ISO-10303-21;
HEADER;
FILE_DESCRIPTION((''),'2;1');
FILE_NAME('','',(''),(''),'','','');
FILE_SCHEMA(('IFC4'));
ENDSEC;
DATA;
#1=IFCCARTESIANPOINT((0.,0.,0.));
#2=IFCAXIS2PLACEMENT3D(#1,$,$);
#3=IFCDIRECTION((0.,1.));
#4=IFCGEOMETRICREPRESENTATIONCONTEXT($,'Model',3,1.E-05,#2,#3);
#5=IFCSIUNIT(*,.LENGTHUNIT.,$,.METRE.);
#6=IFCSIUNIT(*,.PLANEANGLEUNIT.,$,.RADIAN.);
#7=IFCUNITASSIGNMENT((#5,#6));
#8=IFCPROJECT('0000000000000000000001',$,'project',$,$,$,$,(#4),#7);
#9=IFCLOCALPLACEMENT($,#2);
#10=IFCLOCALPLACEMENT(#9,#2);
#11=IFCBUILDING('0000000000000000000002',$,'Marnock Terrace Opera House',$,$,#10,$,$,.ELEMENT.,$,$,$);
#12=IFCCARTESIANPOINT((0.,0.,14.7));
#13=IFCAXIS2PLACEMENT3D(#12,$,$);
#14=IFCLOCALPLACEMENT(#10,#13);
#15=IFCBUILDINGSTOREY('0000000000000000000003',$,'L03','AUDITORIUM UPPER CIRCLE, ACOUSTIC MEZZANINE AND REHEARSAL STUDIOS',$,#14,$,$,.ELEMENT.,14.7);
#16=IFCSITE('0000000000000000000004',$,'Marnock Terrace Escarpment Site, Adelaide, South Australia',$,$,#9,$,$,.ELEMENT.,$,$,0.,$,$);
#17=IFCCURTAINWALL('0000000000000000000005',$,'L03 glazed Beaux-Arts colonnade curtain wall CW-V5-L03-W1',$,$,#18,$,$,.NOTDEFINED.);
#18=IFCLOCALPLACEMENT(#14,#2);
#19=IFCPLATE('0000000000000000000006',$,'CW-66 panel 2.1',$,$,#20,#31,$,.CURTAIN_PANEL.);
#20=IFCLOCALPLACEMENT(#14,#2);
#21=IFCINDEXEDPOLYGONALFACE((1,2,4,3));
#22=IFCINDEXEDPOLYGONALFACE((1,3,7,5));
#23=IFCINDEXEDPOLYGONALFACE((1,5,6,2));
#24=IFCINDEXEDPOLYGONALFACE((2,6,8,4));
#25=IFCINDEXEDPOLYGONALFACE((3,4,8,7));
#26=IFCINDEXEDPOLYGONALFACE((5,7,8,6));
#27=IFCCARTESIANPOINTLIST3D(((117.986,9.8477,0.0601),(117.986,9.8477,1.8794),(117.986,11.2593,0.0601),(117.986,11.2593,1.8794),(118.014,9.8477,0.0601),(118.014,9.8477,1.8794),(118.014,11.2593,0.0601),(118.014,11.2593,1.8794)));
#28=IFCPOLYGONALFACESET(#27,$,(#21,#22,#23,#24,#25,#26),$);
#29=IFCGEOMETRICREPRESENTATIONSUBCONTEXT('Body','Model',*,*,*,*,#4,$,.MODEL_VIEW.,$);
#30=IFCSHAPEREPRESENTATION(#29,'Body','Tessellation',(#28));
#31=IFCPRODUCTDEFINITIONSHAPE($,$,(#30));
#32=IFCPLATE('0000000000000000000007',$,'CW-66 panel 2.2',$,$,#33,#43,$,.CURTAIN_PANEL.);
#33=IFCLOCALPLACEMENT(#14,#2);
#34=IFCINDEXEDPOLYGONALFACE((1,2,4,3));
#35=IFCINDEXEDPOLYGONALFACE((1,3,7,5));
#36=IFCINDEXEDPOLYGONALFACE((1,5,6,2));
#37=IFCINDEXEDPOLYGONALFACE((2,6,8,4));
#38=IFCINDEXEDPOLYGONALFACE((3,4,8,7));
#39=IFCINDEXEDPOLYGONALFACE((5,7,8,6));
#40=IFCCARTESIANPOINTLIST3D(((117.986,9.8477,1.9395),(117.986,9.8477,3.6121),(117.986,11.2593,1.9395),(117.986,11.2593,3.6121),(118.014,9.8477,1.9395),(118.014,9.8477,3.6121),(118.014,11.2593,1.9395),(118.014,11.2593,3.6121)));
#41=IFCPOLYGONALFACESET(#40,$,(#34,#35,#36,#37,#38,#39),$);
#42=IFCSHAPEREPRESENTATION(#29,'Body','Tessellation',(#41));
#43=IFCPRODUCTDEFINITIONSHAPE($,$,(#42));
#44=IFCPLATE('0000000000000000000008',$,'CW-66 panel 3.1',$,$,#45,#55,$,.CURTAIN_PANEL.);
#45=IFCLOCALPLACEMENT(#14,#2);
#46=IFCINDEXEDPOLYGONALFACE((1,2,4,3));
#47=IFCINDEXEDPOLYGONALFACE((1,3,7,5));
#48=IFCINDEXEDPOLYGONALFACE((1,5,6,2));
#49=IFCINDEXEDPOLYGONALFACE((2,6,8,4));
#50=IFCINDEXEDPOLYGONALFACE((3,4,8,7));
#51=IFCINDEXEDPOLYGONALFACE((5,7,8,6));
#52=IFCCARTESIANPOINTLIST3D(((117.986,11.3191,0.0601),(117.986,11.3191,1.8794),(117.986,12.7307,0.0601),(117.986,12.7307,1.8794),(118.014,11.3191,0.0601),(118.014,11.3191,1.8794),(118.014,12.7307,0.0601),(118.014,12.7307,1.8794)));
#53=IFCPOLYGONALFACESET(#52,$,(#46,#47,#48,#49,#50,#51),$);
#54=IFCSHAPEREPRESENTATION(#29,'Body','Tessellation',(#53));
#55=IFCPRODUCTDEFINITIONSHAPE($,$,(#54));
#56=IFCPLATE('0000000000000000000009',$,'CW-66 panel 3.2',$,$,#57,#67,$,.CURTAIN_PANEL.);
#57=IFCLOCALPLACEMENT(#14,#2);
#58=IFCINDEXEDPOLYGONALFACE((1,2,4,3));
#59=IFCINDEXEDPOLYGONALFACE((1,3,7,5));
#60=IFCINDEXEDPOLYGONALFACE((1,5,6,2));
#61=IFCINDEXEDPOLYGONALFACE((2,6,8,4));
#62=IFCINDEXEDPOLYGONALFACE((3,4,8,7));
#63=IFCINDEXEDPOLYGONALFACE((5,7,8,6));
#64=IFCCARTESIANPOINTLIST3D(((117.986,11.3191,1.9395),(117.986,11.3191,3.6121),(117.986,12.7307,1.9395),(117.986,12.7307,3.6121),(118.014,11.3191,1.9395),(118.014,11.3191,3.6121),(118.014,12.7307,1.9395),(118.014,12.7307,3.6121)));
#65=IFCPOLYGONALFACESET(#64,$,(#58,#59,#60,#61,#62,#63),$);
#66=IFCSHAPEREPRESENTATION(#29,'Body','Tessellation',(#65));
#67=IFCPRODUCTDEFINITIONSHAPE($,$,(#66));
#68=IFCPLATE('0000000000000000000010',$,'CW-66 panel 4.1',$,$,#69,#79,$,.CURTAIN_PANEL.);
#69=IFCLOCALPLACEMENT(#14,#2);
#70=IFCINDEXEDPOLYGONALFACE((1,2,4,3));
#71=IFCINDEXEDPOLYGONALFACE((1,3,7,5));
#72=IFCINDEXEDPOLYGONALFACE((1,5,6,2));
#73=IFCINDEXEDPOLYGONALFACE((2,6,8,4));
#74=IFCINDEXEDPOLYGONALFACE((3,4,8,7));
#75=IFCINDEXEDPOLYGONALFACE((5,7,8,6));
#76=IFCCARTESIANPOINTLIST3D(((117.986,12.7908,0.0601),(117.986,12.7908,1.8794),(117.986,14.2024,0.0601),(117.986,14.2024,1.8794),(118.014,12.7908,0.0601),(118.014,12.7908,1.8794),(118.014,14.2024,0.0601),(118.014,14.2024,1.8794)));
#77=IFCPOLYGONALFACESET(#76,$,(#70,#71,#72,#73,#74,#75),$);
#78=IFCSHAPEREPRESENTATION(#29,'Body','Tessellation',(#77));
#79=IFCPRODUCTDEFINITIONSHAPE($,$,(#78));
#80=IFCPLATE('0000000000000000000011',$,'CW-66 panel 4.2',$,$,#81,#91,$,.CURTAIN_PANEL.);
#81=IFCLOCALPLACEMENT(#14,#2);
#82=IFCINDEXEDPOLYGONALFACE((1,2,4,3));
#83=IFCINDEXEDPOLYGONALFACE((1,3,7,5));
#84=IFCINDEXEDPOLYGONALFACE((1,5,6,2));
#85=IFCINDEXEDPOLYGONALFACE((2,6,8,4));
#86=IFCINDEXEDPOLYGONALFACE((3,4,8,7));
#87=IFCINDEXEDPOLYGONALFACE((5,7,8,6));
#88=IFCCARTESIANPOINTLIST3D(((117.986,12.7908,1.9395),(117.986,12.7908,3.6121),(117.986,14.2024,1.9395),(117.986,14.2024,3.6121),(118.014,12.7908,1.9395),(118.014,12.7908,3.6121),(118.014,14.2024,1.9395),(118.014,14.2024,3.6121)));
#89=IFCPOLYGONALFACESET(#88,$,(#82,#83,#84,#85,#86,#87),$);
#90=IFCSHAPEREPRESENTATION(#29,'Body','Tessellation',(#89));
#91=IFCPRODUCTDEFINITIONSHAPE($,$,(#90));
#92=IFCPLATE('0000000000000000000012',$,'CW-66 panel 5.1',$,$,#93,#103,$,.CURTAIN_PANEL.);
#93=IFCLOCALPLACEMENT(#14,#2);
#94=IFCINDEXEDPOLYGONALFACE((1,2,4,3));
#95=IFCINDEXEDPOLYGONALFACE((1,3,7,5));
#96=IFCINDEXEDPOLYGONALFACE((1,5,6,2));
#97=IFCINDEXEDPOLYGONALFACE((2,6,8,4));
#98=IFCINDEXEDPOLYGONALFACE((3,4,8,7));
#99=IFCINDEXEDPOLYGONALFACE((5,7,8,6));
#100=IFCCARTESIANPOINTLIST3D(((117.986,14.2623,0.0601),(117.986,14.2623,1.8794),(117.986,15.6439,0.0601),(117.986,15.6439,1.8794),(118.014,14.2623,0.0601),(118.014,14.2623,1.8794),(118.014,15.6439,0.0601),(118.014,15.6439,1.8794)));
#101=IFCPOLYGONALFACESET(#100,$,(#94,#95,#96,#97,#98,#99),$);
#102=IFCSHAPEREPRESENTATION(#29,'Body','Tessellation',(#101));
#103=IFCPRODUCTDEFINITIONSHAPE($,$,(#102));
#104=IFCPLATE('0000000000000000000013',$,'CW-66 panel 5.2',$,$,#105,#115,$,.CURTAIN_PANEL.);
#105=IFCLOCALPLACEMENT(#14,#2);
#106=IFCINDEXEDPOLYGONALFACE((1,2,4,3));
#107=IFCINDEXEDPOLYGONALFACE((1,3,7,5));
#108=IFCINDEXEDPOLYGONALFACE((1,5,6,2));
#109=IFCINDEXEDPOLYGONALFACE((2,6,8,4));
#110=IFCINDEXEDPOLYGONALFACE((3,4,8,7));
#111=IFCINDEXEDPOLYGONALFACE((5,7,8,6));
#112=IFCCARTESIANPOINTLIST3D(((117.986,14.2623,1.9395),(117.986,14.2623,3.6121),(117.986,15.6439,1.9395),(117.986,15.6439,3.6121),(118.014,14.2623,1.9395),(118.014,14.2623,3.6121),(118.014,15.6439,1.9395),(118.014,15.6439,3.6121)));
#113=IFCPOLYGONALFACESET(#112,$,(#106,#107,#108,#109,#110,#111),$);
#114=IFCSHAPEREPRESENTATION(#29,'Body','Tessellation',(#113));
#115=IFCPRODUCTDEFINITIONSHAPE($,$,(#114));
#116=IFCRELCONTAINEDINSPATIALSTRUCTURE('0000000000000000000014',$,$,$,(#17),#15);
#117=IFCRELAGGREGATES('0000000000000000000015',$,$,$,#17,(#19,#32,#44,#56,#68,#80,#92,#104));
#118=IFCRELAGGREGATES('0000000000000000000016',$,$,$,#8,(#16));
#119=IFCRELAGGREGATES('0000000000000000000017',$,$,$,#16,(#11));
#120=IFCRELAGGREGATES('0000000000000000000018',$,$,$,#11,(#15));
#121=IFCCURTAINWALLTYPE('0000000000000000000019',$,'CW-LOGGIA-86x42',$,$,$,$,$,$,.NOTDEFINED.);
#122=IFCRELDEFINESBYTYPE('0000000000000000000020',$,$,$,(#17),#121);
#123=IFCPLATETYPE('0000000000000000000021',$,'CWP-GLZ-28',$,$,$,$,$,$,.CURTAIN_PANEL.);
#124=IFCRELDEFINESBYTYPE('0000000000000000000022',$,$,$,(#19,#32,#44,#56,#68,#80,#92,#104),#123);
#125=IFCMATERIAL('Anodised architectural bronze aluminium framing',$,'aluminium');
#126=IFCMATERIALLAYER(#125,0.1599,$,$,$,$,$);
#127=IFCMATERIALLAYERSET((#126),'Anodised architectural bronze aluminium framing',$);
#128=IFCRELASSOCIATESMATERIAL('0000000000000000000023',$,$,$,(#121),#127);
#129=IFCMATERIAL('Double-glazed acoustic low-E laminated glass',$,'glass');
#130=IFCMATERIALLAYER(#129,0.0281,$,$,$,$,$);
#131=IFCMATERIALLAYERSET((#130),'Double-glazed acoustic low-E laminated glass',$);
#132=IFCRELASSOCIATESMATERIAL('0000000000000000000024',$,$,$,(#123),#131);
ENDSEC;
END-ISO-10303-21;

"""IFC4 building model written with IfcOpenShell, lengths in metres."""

from ifc_helpers import new_model, si_unit, direction, frame, origin, origin_2d, place, context, subcontext, project, spatial, rectangle, extrude, material, layer, layer_set, type_object, element, aggregate, save


model = new_model("IFC4")

# Units and contexts
model_context = context("Model", 3, precision=1e-05, world=origin(), true_north=direction((0.0, 1.0)))
body_context = subcontext(model_context, "Body", "Model", "MODEL_VIEW")
ifc_project = project(units=[si_unit("LENGTHUNIT", "METRE"), si_unit("PLANEANGLEUNIT", "RADIAN")], contexts=[model_context])

# Site, building, storey
site_placement = place(None, origin())
site = spatial("IfcSite", under=ifc_project, at=site_placement, Name="Marnock Terrace Escarpment Site, Adelaide, South Australia", CompositionType="ELEMENT", RefElevation=0.0)
building_placement = place(site_placement, origin())
building = spatial("IfcBuilding", under=site, at=building_placement, Name="Marnock Terrace Opera House", CompositionType="ELEMENT")
storey_placement = place(building_placement, frame((0.0, 0.0, 14.7)))
storey = spatial("IfcBuildingStorey", under=building, at=storey_placement, Name="L03", Description="AUDITORIUM UPPER CIRCLE, ACOUSTIC MEZZANINE AND REHEARSAL STUDIOS", CompositionType="ELEMENT", Elevation=14.7)

# Curtain wall, plates
ifc_material_1 = material(Name="Anodised architectural bronze aluminium framing", Category="aluminium")
ifc_layer_1 = layer(ifc_material_1, 0.1599)
ifc_layer_set_1 = layer_set([ifc_layer_1], Name="Anodised architectural bronze aluminium framing")
curtain_wall_type = type_object("IfcCurtainWallType", Name="CW-LOGGIA-86x42", PredefinedType="NOTDEFINED", material=ifc_layer_set_1)
curtain_wall_placement = place(storey_placement, origin())
curtain_wall = element("IfcCurtainWall", 1, at=curtain_wall_placement, inside=storey, type_object=curtain_wall_type, Name="L03 glazed Beaux-Arts colonnade curtain wall CW-V5-L03-W1", PredefinedType="NOTDEFINED")
ifc_material_2 = material(Name="Double-glazed acoustic low-E laminated glass", Category="glass")
ifc_layer_2 = layer(ifc_material_2, 0.0281)
ifc_layer_set_2 = layer_set([ifc_layer_2], Name="Double-glazed acoustic low-E laminated glass")
plate_type = type_object("IfcPlateType", Name="CWP-GLZ-28", PredefinedType="CURTAIN_PANEL", material=ifc_layer_set_2)
plate_1_placement = place(storey_placement, frame((118.0, 10.5535, 0.0601), z_axis=(0.0, 0.0, 1.0), x_axis=(0.0, 1.0, 0.0)))
plate_1 = element("IfcPlate", 2, at=plate_1_placement, type_object=plate_type, Name="CW-66 panel 2.1", PredefinedType="CURTAIN_PANEL", context=body_context, shape_type="SweptSolid", body=[
    extrude(rectangle(XDim=1.4116, YDim=0.0281, at=origin_2d()), origin(), (0.0, 0.0, 1.0), 1.8193),
])
plate_2_placement = place(storey_placement, frame((118.0, 10.5535, 1.9395), z_axis=(0.0, 0.0, 1.0), x_axis=(0.0, 1.0, 0.0)))
plate_2 = element("IfcPlate", 3, at=plate_2_placement, type_object=plate_type, Name="CW-66 panel 2.2", PredefinedType="CURTAIN_PANEL", context=body_context, shape_type="SweptSolid", body=[
    extrude(rectangle(XDim=1.4116, YDim=0.0281, at=origin_2d()), origin(), (0.0, 0.0, 1.0), 1.6726),
])
plate_3_placement = place(storey_placement, frame((118.0, 12.0249, 0.0601), z_axis=(0.0, 0.0, 1.0), x_axis=(0.0, 1.0, 0.0)))
plate_3 = element("IfcPlate", 4, at=plate_3_placement, type_object=plate_type, Name="CW-66 panel 3.1", PredefinedType="CURTAIN_PANEL", context=body_context, shape_type="SweptSolid", body=[
    extrude(rectangle(XDim=1.4116, YDim=0.0281, at=origin_2d()), origin(), (0.0, 0.0, 1.0), 1.8193),
])
plate_4_placement = place(storey_placement, frame((118.0, 12.0249, 1.9395), z_axis=(0.0, 0.0, 1.0), x_axis=(0.0, 1.0, 0.0)))
plate_4 = element("IfcPlate", 5, at=plate_4_placement, type_object=plate_type, Name="CW-66 panel 3.2", PredefinedType="CURTAIN_PANEL", context=body_context, shape_type="SweptSolid", body=[
    extrude(rectangle(XDim=1.4116, YDim=0.0281, at=origin_2d()), origin(), (0.0, 0.0, 1.0), 1.6726),
])
plate_5_placement = place(storey_placement, frame((118.0, 13.4966, 0.0601), z_axis=(0.0, 0.0, 1.0), x_axis=(0.0, 1.0, 0.0)))
plate_5 = element("IfcPlate", 6, at=plate_5_placement, type_object=plate_type, Name="CW-66 panel 4.1", PredefinedType="CURTAIN_PANEL", context=body_context, shape_type="SweptSolid", body=[
    extrude(rectangle(XDim=1.4116, YDim=0.0281, at=origin_2d()), origin(), (0.0, 0.0, 1.0), 1.8193),
])
plate_6_placement = place(storey_placement, frame((118.0, 13.4966, 1.9395), z_axis=(0.0, 0.0, 1.0), x_axis=(0.0, 1.0, 0.0)))
plate_6 = element("IfcPlate", 7, at=plate_6_placement, type_object=plate_type, Name="CW-66 panel 4.2", PredefinedType="CURTAIN_PANEL", context=body_context, shape_type="SweptSolid", body=[
    extrude(rectangle(XDim=1.4116, YDim=0.0281, at=origin_2d()), origin(), (0.0, 0.0, 1.0), 1.6726),
])
plate_7_placement = place(storey_placement, frame((118.0, 14.9531, 0.0601), z_axis=(0.0, 0.0, 1.0), x_axis=(0.0, 1.0, 0.0)))
plate_7 = element("IfcPlate", 8, at=plate_7_placement, type_object=plate_type, Name="CW-66 panel 5.1", PredefinedType="CURTAIN_PANEL", context=body_context, shape_type="SweptSolid", body=[
    extrude(rectangle(XDim=1.3816, YDim=0.0281, at=origin_2d()), origin(), (0.0, 0.0, 1.0), 1.8193),
])
plate_8_placement = place(storey_placement, frame((118.0, 14.9531, 1.9395), z_axis=(0.0, 0.0, 1.0), x_axis=(0.0, 1.0, 0.0)))
plate_8 = element("IfcPlate", 9, at=plate_8_placement, type_object=plate_type, Name="CW-66 panel 5.2", PredefinedType="CURTAIN_PANEL", context=body_context, shape_type="SweptSolid", body=[
    extrude(rectangle(XDim=1.3816, YDim=0.0281, at=origin_2d()), origin(), (0.0, 0.0, 1.0), 1.6726),
])
aggregate(curtain_wall, [plate_1, plate_2, plate_3, plate_4, plate_5, plate_6, plate_7, plate_8])

save(model, "model.ifc")
